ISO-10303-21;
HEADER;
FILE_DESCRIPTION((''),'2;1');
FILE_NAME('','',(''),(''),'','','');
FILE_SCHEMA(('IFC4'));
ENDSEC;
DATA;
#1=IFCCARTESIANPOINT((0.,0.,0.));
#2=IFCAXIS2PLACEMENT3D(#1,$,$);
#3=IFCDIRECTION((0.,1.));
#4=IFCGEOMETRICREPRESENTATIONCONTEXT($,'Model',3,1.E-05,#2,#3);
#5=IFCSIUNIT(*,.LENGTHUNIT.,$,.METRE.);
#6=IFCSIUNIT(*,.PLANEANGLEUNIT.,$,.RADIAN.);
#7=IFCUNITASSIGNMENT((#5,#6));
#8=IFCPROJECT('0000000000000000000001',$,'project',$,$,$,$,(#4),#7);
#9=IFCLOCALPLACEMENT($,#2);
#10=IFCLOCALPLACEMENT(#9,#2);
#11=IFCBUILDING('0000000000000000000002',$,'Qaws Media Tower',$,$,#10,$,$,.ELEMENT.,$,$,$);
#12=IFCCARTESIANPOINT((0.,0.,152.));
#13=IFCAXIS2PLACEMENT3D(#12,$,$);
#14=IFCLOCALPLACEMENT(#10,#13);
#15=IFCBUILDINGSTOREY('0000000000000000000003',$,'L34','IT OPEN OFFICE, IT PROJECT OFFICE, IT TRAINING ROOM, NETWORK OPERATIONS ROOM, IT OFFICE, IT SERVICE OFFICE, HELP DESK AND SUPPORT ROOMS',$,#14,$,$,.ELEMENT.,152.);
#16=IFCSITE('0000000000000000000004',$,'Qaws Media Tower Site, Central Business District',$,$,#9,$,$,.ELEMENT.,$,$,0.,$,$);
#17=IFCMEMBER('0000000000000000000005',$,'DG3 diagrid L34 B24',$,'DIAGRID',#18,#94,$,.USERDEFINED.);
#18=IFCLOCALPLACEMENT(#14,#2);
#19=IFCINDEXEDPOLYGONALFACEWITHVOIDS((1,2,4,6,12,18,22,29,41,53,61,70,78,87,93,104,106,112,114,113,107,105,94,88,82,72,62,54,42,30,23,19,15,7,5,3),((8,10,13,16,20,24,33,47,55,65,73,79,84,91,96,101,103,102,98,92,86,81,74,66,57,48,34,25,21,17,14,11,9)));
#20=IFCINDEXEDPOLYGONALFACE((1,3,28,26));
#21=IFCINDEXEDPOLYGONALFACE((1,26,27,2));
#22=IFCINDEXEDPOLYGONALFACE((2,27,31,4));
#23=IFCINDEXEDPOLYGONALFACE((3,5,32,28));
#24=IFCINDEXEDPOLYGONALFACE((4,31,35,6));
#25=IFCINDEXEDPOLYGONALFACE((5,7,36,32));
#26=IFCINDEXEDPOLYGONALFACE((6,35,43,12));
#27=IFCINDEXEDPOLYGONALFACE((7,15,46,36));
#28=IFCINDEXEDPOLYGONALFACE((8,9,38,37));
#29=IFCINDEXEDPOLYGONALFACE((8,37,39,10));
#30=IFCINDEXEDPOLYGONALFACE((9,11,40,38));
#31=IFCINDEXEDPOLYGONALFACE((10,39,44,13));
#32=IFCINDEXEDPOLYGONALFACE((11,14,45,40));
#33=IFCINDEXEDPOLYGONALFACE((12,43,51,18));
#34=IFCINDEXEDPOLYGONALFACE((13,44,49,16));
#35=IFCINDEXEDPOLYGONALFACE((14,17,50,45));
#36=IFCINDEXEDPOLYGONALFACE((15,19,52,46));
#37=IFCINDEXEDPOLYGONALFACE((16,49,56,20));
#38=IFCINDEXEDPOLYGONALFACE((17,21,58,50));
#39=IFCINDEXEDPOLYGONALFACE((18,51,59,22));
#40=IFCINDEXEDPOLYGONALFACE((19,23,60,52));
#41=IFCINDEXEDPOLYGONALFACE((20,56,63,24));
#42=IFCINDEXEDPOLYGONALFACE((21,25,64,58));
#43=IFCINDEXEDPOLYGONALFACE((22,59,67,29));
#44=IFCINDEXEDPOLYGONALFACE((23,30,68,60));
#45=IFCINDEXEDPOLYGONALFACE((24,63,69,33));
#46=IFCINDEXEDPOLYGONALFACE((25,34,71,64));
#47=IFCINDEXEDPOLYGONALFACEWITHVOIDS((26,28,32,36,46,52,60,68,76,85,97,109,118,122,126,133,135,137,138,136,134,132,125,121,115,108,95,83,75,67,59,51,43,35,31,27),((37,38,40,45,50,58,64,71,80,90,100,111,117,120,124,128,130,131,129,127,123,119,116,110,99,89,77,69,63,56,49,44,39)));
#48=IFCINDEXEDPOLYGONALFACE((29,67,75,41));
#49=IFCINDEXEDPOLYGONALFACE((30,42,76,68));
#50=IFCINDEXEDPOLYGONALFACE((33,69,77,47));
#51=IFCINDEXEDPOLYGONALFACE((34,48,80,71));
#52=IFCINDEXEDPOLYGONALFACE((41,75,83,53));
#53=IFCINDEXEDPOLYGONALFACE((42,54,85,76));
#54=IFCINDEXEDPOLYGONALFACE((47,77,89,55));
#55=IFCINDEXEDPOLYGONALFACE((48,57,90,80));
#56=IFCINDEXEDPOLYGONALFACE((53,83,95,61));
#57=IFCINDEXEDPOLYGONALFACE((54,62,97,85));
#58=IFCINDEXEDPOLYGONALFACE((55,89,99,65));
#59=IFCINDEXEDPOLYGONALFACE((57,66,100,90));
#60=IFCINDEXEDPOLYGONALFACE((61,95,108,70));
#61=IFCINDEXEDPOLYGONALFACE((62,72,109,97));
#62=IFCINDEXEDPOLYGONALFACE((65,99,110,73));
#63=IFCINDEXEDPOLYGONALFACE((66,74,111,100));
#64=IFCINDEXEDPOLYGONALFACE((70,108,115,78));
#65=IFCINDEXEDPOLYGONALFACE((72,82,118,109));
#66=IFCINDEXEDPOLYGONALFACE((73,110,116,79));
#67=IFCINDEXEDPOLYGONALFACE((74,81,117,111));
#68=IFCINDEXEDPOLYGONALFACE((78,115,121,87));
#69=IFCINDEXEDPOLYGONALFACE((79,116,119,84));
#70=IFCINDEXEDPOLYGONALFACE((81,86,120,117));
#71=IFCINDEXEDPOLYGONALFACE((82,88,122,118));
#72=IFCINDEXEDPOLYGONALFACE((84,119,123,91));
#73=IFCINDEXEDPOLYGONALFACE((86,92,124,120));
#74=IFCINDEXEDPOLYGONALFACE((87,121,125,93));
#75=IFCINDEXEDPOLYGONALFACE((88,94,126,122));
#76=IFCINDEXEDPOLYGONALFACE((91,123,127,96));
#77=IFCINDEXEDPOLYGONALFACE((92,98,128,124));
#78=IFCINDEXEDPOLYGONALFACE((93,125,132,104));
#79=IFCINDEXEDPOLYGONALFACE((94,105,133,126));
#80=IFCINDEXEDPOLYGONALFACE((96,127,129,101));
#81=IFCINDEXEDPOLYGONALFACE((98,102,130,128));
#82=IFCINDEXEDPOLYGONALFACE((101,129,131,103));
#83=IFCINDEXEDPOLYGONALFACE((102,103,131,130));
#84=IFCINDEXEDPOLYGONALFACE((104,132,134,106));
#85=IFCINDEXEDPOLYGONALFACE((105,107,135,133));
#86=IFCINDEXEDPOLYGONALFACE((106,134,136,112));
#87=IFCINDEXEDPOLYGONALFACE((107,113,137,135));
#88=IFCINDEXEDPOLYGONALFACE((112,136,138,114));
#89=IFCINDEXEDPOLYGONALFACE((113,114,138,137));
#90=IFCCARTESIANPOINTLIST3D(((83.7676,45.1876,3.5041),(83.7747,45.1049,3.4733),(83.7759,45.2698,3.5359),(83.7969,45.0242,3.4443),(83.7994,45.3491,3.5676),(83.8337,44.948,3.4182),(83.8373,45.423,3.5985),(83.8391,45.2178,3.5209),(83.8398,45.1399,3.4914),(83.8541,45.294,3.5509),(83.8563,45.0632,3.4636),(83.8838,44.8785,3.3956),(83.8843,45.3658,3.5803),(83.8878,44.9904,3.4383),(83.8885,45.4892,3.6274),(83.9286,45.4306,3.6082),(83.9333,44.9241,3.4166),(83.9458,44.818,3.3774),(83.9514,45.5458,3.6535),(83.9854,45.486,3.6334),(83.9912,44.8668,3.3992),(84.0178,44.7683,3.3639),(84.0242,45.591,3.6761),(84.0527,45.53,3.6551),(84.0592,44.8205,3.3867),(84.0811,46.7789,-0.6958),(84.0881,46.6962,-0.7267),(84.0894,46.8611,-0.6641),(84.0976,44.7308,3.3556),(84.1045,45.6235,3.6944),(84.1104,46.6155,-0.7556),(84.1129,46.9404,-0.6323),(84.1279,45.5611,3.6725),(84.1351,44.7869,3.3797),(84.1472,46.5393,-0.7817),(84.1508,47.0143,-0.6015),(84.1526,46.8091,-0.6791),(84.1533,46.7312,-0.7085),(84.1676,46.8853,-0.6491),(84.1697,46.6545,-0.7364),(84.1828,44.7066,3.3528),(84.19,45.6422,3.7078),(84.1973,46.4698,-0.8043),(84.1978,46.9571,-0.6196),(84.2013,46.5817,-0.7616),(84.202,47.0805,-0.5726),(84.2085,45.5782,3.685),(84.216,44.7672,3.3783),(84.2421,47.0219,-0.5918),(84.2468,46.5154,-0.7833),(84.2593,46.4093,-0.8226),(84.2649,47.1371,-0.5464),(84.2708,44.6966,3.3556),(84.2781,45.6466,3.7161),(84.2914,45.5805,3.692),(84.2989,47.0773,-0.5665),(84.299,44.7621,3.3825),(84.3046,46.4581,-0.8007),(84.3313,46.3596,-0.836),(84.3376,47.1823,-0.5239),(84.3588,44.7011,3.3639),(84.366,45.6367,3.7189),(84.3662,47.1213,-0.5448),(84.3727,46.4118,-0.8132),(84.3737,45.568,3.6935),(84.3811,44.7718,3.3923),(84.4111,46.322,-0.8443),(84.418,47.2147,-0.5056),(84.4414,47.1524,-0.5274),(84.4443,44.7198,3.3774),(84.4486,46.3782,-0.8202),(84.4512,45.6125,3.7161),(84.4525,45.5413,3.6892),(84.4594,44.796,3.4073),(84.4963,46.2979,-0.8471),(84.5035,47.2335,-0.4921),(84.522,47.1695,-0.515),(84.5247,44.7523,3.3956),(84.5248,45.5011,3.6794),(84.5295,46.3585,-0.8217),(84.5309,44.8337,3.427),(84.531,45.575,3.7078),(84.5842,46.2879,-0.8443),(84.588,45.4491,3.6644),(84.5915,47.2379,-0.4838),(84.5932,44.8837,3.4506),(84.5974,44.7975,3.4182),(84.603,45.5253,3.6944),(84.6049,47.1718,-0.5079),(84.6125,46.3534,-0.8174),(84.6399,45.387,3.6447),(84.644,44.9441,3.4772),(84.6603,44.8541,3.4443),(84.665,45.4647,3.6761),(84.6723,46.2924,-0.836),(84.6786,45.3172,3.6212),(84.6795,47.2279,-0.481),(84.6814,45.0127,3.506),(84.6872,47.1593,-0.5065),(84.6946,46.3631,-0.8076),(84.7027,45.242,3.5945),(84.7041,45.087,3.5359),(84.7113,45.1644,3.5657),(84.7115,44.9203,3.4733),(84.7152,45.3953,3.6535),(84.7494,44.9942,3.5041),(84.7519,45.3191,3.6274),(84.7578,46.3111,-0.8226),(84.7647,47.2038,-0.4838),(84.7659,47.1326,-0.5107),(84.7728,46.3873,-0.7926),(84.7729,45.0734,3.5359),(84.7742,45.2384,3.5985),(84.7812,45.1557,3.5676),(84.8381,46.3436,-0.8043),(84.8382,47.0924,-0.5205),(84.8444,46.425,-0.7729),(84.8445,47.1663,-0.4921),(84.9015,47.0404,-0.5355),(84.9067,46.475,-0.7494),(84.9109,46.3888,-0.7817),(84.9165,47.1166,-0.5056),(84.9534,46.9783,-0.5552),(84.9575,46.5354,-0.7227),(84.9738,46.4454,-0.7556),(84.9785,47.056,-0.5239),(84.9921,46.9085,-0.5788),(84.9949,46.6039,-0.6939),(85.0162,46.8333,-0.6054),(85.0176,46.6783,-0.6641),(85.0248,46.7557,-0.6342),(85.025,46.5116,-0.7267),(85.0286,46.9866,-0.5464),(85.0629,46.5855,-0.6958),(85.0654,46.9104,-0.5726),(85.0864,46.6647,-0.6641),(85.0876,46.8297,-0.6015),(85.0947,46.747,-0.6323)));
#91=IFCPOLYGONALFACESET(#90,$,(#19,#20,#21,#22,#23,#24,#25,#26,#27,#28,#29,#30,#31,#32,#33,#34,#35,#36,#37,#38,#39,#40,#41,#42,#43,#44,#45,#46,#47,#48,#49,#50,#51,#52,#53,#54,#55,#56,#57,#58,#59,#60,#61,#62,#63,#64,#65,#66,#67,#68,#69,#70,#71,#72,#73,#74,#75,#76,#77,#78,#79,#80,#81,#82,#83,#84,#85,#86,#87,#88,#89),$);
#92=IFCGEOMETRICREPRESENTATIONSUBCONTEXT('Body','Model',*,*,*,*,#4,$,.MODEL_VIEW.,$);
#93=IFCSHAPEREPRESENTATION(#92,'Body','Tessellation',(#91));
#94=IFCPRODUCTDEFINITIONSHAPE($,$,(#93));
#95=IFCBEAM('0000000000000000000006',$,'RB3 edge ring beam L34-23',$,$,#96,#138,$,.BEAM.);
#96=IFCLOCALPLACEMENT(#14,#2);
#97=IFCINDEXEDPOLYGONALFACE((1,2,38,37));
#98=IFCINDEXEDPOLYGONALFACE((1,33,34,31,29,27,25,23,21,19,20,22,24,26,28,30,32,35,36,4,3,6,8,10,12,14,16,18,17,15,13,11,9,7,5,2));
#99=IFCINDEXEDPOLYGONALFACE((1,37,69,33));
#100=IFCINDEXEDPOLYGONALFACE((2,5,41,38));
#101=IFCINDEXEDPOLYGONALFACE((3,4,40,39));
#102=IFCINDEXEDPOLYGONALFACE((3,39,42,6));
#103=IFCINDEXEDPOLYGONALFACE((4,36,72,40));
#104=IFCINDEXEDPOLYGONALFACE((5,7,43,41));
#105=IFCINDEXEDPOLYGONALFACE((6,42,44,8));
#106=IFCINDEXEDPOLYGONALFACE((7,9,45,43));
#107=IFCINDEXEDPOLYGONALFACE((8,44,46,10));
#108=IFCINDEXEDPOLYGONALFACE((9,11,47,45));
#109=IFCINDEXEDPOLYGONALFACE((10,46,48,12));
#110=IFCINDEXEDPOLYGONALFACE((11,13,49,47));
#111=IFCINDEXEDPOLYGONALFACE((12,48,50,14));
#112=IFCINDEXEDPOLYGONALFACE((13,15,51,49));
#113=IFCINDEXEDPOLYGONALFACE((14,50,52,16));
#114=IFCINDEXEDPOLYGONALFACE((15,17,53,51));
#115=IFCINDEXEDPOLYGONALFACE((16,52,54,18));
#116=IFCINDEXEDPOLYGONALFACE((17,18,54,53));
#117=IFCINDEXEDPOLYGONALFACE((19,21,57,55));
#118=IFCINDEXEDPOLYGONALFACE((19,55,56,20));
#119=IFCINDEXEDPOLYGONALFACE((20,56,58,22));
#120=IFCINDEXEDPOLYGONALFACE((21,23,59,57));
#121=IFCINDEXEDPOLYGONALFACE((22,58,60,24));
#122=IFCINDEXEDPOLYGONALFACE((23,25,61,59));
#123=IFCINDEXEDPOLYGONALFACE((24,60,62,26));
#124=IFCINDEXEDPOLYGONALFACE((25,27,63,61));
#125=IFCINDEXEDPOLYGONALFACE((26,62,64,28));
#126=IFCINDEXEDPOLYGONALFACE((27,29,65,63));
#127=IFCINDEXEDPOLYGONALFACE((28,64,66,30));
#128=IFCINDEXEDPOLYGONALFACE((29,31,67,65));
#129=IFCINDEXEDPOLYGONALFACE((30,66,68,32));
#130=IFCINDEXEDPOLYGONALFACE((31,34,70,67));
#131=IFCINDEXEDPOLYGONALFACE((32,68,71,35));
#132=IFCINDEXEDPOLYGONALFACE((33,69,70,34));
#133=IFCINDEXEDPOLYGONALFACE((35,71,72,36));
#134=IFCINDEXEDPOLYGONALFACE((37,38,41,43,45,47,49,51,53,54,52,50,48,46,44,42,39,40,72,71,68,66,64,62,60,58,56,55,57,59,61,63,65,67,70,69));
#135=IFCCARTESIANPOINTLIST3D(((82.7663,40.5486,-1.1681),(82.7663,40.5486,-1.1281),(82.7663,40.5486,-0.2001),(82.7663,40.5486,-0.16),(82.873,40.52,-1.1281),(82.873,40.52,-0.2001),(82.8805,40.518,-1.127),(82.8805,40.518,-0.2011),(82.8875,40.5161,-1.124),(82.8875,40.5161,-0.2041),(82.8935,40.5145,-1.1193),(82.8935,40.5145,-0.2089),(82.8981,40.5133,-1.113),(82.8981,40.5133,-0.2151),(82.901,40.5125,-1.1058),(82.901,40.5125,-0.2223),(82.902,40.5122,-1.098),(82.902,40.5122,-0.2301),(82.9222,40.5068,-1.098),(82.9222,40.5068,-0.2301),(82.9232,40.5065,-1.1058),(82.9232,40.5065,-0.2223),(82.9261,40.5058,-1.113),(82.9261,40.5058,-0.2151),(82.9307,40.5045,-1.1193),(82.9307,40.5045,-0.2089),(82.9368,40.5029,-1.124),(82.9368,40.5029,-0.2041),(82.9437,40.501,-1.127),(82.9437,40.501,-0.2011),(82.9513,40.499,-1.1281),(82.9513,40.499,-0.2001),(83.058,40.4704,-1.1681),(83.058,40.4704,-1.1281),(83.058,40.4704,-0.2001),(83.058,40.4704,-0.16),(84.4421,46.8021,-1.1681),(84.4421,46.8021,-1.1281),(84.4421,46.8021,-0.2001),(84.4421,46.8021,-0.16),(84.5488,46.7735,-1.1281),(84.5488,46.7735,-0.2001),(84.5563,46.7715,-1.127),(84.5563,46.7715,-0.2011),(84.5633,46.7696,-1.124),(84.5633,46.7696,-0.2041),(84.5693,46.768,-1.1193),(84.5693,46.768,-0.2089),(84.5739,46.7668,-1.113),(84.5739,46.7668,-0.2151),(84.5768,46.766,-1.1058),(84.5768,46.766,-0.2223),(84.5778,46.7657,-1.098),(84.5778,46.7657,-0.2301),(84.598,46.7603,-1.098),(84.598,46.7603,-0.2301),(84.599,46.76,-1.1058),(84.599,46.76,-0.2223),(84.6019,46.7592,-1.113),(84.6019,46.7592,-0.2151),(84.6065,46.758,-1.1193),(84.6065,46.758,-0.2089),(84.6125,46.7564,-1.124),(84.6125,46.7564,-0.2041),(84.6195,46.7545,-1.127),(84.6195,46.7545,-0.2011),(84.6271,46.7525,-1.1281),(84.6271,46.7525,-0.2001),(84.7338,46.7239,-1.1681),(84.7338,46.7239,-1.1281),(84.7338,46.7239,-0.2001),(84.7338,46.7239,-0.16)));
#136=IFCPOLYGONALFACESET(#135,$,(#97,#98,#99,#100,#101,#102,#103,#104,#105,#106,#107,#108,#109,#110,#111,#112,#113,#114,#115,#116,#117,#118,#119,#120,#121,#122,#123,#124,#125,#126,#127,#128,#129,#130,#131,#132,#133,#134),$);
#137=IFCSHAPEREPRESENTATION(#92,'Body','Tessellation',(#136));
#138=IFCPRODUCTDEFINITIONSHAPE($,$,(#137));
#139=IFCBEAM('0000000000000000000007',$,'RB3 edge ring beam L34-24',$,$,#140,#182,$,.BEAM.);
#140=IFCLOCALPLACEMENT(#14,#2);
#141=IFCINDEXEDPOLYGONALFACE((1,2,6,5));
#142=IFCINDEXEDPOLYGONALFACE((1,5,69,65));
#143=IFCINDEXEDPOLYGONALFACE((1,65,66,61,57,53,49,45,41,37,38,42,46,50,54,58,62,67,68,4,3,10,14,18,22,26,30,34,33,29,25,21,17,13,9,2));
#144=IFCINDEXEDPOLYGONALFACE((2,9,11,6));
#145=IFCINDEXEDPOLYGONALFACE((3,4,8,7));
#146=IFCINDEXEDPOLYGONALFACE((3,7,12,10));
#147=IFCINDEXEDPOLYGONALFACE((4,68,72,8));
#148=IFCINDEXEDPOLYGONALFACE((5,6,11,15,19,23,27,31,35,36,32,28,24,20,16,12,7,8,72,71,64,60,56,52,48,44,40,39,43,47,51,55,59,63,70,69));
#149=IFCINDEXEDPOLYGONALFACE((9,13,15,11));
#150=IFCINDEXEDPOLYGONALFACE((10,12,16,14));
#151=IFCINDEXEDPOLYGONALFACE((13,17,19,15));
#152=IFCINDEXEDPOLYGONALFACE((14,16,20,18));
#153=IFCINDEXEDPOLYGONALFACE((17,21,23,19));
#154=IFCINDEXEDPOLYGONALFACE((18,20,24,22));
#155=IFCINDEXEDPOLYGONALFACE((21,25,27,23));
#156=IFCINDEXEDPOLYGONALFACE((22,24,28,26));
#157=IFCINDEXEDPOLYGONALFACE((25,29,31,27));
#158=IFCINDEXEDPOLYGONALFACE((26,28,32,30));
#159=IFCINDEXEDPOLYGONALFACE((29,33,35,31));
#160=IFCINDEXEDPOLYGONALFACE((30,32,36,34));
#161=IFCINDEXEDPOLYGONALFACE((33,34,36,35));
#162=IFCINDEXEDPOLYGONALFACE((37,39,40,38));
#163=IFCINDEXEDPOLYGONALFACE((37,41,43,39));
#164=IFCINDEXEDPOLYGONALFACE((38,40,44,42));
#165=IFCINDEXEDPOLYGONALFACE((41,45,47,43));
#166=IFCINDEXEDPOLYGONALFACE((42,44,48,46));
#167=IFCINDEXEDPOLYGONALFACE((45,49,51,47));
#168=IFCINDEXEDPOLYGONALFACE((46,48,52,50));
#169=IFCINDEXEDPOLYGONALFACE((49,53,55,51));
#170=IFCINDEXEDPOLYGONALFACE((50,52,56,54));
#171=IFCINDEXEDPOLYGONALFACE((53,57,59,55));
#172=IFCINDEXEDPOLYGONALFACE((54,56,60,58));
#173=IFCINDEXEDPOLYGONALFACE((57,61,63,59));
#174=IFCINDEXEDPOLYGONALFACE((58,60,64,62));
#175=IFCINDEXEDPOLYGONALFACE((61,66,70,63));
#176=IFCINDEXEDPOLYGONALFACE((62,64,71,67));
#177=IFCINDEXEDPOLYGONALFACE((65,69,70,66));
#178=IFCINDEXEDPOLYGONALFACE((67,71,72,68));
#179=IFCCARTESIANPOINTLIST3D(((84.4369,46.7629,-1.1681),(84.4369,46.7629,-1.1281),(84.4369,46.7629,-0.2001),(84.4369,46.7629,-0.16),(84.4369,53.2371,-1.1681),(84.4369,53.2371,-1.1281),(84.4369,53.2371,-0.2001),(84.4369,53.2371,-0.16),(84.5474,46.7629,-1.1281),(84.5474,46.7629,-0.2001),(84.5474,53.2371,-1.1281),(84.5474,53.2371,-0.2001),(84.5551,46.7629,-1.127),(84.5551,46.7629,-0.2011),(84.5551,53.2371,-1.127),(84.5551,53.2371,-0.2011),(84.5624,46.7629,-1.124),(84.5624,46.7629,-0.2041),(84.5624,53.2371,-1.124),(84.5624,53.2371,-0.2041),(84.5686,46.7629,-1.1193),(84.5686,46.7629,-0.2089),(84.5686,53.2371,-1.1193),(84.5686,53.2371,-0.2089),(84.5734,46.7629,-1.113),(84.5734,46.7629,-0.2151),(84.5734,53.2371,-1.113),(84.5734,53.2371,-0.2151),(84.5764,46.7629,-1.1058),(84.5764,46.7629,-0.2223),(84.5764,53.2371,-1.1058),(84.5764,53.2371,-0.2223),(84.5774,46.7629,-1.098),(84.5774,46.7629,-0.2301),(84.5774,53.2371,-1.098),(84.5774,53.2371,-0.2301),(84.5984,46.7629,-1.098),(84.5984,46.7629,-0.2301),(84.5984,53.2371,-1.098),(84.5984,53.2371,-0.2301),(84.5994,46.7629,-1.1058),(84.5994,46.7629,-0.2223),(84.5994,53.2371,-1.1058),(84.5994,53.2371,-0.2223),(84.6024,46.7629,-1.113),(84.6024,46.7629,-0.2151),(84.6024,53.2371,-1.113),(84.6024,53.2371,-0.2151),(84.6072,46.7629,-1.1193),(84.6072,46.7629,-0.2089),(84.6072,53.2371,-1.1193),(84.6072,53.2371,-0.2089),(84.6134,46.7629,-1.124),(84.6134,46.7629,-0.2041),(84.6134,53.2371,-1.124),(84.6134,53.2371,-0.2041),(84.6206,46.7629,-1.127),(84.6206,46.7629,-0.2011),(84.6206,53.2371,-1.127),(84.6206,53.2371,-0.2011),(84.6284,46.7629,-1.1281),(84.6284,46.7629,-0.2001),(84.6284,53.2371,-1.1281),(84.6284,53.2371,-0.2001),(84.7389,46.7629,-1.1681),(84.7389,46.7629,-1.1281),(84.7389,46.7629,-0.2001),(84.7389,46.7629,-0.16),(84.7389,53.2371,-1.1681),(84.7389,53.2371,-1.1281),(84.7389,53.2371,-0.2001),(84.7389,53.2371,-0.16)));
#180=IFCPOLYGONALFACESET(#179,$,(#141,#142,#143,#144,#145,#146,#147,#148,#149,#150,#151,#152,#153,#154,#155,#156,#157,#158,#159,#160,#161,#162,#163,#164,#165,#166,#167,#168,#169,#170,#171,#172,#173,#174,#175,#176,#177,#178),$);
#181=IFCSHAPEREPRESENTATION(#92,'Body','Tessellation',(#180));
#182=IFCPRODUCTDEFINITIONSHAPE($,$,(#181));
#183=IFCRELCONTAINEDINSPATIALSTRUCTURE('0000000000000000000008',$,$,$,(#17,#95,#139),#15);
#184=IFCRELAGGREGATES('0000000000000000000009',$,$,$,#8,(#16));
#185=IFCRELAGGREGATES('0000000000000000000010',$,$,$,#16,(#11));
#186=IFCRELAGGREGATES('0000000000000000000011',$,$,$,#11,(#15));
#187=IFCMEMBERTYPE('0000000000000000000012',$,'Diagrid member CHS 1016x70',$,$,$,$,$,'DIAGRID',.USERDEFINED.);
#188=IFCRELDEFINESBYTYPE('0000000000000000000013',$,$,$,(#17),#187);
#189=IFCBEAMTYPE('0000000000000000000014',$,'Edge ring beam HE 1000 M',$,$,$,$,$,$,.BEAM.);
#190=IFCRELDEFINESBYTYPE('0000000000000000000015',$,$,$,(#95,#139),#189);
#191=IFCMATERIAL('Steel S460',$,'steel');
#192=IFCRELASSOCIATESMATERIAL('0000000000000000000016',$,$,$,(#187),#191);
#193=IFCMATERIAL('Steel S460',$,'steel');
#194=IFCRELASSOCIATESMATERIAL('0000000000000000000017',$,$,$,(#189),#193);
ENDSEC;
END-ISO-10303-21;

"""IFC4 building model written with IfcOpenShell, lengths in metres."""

from ifc_helpers import new_model, si_unit, direction, frame, origin, origin_2d, place, context, subcontext, project, spatial, hollow_circle, i_section, extrude, material, material_profile, profile_set, type_object, element, save


model = new_model("IFC4")

# Units and contexts
model_context = context("Model", 3, precision=1e-05, world=origin(), true_north=direction((0.0, 1.0)))
body_context = subcontext(model_context, "Body", "Model", "MODEL_VIEW")
ifc_project = project(units=[si_unit("LENGTHUNIT", "METRE"), si_unit("PLANEANGLEUNIT", "RADIAN")], contexts=[model_context])

# Site, building, storey
site_placement = place(None, origin())
site = spatial("IfcSite", under=ifc_project, at=site_placement, Name="Qaws Media Tower Site, Central Business District", CompositionType="ELEMENT", RefElevation=0.0)
building_placement = place(site_placement, origin())
building = spatial("IfcBuilding", under=site, at=building_placement, Name="Qaws Media Tower", CompositionType="ELEMENT")
storey_placement = place(building_placement, frame((0.0, 0.0, 152.0)))
storey = spatial("IfcBuildingStorey", under=building, at=storey_placement, Name="L34", Description="IT OPEN OFFICE, IT PROJECT OFFICE, IT TRAINING ROOM, NETWORK OPERATIONS ROOM, IT OFFICE, IT SERVICE OFFICE, HELP DESK AND SUPPORT ROOMS", CompositionType="ELEMENT", Elevation=152.0)

# Member
ifc_material_1 = material(Name="Steel S460", Category="steel")
ifc_material_profile_1 = material_profile(ifc_material_1, hollow_circle(Radius=0.5081, WallThickness=0.0701, at=origin_2d()), Name="CHS 1016x70")
ifc_profile_set_1 = profile_set([ifc_material_profile_1], Name="Steel S460")
member_type_1 = type_object("IfcMemberType", Name="Diagrid member CHS 1016x70", ElementType="DIAGRID", PredefinedType="USERDEFINED", material=ifc_profile_set_1)
for number, where, z_axis, x_axis, name in (
    (1, (84.5879, 46.7629, -0.6641), (-0.069627, -0.353449, 0.932859), (0.981144, -0.193278, 0.0), "DG3 diagrid L34 B24"),
):
    element("IfcMember", number, at=place(storey_placement, frame(where, z_axis=z_axis, x_axis=x_axis)), inside=storey, type_object=member_type_1, Name=name, ObjectType="DIAGRID", PredefinedType="USERDEFINED", context=body_context, shape_type="SweptSolid", body=[
        extrude(hollow_circle(Radius=0.5081, WallThickness=0.0701, at=origin_2d()), origin(), (0.0, 0.0, 1.0), 4.5022),
    ])

# Beams
ifc_material_2 = material(Name="Steel S460", Category="steel")
ifc_material_profile_2 = material_profile(ifc_material_2, i_section(OverallWidth=0.302, OverallDepth=1.0081, WebThickness=0.021, FlangeThickness=0.04, FilletRadius=0.03, at=origin_2d()), Name="HE 1000 M")
ifc_profile_set_2 = profile_set([ifc_material_profile_2], Name="Steel S460")
beam_type_1 = type_object("IfcBeamType", Name="Edge ring beam HE 1000 M", PredefinedType="BEAM", material=ifc_profile_set_2)
for number, where, z_axis, x_axis, name in (
    (2, (82.9121, 40.5095, -0.6641), (0.258845, 0.965919, 0.0), (-0.965919, 0.258845, 0.0), "RB3 edge ring beam L34-23"),
    (3, (84.5879, 46.7629, -0.6641), (0.0, 1.0, 0.0), (-1.0, 0.0, 0.0), "RB3 edge ring beam L34-24"),
):
    element("IfcBeam", number, at=place(storey_placement, frame(where, z_axis=z_axis, x_axis=x_axis)), inside=storey, type_object=beam_type_1, Name=name, PredefinedType="BEAM", context=body_context, shape_type="SweptSolid", body=[
        extrude(i_section(OverallWidth=0.302, OverallDepth=1.0081, WebThickness=0.021, FlangeThickness=0.04, FilletRadius=0.03, at=origin_2d()), origin(), (0.0, 0.0, 1.0), 6.4741),
    ])

save(model, "model.ifc")
